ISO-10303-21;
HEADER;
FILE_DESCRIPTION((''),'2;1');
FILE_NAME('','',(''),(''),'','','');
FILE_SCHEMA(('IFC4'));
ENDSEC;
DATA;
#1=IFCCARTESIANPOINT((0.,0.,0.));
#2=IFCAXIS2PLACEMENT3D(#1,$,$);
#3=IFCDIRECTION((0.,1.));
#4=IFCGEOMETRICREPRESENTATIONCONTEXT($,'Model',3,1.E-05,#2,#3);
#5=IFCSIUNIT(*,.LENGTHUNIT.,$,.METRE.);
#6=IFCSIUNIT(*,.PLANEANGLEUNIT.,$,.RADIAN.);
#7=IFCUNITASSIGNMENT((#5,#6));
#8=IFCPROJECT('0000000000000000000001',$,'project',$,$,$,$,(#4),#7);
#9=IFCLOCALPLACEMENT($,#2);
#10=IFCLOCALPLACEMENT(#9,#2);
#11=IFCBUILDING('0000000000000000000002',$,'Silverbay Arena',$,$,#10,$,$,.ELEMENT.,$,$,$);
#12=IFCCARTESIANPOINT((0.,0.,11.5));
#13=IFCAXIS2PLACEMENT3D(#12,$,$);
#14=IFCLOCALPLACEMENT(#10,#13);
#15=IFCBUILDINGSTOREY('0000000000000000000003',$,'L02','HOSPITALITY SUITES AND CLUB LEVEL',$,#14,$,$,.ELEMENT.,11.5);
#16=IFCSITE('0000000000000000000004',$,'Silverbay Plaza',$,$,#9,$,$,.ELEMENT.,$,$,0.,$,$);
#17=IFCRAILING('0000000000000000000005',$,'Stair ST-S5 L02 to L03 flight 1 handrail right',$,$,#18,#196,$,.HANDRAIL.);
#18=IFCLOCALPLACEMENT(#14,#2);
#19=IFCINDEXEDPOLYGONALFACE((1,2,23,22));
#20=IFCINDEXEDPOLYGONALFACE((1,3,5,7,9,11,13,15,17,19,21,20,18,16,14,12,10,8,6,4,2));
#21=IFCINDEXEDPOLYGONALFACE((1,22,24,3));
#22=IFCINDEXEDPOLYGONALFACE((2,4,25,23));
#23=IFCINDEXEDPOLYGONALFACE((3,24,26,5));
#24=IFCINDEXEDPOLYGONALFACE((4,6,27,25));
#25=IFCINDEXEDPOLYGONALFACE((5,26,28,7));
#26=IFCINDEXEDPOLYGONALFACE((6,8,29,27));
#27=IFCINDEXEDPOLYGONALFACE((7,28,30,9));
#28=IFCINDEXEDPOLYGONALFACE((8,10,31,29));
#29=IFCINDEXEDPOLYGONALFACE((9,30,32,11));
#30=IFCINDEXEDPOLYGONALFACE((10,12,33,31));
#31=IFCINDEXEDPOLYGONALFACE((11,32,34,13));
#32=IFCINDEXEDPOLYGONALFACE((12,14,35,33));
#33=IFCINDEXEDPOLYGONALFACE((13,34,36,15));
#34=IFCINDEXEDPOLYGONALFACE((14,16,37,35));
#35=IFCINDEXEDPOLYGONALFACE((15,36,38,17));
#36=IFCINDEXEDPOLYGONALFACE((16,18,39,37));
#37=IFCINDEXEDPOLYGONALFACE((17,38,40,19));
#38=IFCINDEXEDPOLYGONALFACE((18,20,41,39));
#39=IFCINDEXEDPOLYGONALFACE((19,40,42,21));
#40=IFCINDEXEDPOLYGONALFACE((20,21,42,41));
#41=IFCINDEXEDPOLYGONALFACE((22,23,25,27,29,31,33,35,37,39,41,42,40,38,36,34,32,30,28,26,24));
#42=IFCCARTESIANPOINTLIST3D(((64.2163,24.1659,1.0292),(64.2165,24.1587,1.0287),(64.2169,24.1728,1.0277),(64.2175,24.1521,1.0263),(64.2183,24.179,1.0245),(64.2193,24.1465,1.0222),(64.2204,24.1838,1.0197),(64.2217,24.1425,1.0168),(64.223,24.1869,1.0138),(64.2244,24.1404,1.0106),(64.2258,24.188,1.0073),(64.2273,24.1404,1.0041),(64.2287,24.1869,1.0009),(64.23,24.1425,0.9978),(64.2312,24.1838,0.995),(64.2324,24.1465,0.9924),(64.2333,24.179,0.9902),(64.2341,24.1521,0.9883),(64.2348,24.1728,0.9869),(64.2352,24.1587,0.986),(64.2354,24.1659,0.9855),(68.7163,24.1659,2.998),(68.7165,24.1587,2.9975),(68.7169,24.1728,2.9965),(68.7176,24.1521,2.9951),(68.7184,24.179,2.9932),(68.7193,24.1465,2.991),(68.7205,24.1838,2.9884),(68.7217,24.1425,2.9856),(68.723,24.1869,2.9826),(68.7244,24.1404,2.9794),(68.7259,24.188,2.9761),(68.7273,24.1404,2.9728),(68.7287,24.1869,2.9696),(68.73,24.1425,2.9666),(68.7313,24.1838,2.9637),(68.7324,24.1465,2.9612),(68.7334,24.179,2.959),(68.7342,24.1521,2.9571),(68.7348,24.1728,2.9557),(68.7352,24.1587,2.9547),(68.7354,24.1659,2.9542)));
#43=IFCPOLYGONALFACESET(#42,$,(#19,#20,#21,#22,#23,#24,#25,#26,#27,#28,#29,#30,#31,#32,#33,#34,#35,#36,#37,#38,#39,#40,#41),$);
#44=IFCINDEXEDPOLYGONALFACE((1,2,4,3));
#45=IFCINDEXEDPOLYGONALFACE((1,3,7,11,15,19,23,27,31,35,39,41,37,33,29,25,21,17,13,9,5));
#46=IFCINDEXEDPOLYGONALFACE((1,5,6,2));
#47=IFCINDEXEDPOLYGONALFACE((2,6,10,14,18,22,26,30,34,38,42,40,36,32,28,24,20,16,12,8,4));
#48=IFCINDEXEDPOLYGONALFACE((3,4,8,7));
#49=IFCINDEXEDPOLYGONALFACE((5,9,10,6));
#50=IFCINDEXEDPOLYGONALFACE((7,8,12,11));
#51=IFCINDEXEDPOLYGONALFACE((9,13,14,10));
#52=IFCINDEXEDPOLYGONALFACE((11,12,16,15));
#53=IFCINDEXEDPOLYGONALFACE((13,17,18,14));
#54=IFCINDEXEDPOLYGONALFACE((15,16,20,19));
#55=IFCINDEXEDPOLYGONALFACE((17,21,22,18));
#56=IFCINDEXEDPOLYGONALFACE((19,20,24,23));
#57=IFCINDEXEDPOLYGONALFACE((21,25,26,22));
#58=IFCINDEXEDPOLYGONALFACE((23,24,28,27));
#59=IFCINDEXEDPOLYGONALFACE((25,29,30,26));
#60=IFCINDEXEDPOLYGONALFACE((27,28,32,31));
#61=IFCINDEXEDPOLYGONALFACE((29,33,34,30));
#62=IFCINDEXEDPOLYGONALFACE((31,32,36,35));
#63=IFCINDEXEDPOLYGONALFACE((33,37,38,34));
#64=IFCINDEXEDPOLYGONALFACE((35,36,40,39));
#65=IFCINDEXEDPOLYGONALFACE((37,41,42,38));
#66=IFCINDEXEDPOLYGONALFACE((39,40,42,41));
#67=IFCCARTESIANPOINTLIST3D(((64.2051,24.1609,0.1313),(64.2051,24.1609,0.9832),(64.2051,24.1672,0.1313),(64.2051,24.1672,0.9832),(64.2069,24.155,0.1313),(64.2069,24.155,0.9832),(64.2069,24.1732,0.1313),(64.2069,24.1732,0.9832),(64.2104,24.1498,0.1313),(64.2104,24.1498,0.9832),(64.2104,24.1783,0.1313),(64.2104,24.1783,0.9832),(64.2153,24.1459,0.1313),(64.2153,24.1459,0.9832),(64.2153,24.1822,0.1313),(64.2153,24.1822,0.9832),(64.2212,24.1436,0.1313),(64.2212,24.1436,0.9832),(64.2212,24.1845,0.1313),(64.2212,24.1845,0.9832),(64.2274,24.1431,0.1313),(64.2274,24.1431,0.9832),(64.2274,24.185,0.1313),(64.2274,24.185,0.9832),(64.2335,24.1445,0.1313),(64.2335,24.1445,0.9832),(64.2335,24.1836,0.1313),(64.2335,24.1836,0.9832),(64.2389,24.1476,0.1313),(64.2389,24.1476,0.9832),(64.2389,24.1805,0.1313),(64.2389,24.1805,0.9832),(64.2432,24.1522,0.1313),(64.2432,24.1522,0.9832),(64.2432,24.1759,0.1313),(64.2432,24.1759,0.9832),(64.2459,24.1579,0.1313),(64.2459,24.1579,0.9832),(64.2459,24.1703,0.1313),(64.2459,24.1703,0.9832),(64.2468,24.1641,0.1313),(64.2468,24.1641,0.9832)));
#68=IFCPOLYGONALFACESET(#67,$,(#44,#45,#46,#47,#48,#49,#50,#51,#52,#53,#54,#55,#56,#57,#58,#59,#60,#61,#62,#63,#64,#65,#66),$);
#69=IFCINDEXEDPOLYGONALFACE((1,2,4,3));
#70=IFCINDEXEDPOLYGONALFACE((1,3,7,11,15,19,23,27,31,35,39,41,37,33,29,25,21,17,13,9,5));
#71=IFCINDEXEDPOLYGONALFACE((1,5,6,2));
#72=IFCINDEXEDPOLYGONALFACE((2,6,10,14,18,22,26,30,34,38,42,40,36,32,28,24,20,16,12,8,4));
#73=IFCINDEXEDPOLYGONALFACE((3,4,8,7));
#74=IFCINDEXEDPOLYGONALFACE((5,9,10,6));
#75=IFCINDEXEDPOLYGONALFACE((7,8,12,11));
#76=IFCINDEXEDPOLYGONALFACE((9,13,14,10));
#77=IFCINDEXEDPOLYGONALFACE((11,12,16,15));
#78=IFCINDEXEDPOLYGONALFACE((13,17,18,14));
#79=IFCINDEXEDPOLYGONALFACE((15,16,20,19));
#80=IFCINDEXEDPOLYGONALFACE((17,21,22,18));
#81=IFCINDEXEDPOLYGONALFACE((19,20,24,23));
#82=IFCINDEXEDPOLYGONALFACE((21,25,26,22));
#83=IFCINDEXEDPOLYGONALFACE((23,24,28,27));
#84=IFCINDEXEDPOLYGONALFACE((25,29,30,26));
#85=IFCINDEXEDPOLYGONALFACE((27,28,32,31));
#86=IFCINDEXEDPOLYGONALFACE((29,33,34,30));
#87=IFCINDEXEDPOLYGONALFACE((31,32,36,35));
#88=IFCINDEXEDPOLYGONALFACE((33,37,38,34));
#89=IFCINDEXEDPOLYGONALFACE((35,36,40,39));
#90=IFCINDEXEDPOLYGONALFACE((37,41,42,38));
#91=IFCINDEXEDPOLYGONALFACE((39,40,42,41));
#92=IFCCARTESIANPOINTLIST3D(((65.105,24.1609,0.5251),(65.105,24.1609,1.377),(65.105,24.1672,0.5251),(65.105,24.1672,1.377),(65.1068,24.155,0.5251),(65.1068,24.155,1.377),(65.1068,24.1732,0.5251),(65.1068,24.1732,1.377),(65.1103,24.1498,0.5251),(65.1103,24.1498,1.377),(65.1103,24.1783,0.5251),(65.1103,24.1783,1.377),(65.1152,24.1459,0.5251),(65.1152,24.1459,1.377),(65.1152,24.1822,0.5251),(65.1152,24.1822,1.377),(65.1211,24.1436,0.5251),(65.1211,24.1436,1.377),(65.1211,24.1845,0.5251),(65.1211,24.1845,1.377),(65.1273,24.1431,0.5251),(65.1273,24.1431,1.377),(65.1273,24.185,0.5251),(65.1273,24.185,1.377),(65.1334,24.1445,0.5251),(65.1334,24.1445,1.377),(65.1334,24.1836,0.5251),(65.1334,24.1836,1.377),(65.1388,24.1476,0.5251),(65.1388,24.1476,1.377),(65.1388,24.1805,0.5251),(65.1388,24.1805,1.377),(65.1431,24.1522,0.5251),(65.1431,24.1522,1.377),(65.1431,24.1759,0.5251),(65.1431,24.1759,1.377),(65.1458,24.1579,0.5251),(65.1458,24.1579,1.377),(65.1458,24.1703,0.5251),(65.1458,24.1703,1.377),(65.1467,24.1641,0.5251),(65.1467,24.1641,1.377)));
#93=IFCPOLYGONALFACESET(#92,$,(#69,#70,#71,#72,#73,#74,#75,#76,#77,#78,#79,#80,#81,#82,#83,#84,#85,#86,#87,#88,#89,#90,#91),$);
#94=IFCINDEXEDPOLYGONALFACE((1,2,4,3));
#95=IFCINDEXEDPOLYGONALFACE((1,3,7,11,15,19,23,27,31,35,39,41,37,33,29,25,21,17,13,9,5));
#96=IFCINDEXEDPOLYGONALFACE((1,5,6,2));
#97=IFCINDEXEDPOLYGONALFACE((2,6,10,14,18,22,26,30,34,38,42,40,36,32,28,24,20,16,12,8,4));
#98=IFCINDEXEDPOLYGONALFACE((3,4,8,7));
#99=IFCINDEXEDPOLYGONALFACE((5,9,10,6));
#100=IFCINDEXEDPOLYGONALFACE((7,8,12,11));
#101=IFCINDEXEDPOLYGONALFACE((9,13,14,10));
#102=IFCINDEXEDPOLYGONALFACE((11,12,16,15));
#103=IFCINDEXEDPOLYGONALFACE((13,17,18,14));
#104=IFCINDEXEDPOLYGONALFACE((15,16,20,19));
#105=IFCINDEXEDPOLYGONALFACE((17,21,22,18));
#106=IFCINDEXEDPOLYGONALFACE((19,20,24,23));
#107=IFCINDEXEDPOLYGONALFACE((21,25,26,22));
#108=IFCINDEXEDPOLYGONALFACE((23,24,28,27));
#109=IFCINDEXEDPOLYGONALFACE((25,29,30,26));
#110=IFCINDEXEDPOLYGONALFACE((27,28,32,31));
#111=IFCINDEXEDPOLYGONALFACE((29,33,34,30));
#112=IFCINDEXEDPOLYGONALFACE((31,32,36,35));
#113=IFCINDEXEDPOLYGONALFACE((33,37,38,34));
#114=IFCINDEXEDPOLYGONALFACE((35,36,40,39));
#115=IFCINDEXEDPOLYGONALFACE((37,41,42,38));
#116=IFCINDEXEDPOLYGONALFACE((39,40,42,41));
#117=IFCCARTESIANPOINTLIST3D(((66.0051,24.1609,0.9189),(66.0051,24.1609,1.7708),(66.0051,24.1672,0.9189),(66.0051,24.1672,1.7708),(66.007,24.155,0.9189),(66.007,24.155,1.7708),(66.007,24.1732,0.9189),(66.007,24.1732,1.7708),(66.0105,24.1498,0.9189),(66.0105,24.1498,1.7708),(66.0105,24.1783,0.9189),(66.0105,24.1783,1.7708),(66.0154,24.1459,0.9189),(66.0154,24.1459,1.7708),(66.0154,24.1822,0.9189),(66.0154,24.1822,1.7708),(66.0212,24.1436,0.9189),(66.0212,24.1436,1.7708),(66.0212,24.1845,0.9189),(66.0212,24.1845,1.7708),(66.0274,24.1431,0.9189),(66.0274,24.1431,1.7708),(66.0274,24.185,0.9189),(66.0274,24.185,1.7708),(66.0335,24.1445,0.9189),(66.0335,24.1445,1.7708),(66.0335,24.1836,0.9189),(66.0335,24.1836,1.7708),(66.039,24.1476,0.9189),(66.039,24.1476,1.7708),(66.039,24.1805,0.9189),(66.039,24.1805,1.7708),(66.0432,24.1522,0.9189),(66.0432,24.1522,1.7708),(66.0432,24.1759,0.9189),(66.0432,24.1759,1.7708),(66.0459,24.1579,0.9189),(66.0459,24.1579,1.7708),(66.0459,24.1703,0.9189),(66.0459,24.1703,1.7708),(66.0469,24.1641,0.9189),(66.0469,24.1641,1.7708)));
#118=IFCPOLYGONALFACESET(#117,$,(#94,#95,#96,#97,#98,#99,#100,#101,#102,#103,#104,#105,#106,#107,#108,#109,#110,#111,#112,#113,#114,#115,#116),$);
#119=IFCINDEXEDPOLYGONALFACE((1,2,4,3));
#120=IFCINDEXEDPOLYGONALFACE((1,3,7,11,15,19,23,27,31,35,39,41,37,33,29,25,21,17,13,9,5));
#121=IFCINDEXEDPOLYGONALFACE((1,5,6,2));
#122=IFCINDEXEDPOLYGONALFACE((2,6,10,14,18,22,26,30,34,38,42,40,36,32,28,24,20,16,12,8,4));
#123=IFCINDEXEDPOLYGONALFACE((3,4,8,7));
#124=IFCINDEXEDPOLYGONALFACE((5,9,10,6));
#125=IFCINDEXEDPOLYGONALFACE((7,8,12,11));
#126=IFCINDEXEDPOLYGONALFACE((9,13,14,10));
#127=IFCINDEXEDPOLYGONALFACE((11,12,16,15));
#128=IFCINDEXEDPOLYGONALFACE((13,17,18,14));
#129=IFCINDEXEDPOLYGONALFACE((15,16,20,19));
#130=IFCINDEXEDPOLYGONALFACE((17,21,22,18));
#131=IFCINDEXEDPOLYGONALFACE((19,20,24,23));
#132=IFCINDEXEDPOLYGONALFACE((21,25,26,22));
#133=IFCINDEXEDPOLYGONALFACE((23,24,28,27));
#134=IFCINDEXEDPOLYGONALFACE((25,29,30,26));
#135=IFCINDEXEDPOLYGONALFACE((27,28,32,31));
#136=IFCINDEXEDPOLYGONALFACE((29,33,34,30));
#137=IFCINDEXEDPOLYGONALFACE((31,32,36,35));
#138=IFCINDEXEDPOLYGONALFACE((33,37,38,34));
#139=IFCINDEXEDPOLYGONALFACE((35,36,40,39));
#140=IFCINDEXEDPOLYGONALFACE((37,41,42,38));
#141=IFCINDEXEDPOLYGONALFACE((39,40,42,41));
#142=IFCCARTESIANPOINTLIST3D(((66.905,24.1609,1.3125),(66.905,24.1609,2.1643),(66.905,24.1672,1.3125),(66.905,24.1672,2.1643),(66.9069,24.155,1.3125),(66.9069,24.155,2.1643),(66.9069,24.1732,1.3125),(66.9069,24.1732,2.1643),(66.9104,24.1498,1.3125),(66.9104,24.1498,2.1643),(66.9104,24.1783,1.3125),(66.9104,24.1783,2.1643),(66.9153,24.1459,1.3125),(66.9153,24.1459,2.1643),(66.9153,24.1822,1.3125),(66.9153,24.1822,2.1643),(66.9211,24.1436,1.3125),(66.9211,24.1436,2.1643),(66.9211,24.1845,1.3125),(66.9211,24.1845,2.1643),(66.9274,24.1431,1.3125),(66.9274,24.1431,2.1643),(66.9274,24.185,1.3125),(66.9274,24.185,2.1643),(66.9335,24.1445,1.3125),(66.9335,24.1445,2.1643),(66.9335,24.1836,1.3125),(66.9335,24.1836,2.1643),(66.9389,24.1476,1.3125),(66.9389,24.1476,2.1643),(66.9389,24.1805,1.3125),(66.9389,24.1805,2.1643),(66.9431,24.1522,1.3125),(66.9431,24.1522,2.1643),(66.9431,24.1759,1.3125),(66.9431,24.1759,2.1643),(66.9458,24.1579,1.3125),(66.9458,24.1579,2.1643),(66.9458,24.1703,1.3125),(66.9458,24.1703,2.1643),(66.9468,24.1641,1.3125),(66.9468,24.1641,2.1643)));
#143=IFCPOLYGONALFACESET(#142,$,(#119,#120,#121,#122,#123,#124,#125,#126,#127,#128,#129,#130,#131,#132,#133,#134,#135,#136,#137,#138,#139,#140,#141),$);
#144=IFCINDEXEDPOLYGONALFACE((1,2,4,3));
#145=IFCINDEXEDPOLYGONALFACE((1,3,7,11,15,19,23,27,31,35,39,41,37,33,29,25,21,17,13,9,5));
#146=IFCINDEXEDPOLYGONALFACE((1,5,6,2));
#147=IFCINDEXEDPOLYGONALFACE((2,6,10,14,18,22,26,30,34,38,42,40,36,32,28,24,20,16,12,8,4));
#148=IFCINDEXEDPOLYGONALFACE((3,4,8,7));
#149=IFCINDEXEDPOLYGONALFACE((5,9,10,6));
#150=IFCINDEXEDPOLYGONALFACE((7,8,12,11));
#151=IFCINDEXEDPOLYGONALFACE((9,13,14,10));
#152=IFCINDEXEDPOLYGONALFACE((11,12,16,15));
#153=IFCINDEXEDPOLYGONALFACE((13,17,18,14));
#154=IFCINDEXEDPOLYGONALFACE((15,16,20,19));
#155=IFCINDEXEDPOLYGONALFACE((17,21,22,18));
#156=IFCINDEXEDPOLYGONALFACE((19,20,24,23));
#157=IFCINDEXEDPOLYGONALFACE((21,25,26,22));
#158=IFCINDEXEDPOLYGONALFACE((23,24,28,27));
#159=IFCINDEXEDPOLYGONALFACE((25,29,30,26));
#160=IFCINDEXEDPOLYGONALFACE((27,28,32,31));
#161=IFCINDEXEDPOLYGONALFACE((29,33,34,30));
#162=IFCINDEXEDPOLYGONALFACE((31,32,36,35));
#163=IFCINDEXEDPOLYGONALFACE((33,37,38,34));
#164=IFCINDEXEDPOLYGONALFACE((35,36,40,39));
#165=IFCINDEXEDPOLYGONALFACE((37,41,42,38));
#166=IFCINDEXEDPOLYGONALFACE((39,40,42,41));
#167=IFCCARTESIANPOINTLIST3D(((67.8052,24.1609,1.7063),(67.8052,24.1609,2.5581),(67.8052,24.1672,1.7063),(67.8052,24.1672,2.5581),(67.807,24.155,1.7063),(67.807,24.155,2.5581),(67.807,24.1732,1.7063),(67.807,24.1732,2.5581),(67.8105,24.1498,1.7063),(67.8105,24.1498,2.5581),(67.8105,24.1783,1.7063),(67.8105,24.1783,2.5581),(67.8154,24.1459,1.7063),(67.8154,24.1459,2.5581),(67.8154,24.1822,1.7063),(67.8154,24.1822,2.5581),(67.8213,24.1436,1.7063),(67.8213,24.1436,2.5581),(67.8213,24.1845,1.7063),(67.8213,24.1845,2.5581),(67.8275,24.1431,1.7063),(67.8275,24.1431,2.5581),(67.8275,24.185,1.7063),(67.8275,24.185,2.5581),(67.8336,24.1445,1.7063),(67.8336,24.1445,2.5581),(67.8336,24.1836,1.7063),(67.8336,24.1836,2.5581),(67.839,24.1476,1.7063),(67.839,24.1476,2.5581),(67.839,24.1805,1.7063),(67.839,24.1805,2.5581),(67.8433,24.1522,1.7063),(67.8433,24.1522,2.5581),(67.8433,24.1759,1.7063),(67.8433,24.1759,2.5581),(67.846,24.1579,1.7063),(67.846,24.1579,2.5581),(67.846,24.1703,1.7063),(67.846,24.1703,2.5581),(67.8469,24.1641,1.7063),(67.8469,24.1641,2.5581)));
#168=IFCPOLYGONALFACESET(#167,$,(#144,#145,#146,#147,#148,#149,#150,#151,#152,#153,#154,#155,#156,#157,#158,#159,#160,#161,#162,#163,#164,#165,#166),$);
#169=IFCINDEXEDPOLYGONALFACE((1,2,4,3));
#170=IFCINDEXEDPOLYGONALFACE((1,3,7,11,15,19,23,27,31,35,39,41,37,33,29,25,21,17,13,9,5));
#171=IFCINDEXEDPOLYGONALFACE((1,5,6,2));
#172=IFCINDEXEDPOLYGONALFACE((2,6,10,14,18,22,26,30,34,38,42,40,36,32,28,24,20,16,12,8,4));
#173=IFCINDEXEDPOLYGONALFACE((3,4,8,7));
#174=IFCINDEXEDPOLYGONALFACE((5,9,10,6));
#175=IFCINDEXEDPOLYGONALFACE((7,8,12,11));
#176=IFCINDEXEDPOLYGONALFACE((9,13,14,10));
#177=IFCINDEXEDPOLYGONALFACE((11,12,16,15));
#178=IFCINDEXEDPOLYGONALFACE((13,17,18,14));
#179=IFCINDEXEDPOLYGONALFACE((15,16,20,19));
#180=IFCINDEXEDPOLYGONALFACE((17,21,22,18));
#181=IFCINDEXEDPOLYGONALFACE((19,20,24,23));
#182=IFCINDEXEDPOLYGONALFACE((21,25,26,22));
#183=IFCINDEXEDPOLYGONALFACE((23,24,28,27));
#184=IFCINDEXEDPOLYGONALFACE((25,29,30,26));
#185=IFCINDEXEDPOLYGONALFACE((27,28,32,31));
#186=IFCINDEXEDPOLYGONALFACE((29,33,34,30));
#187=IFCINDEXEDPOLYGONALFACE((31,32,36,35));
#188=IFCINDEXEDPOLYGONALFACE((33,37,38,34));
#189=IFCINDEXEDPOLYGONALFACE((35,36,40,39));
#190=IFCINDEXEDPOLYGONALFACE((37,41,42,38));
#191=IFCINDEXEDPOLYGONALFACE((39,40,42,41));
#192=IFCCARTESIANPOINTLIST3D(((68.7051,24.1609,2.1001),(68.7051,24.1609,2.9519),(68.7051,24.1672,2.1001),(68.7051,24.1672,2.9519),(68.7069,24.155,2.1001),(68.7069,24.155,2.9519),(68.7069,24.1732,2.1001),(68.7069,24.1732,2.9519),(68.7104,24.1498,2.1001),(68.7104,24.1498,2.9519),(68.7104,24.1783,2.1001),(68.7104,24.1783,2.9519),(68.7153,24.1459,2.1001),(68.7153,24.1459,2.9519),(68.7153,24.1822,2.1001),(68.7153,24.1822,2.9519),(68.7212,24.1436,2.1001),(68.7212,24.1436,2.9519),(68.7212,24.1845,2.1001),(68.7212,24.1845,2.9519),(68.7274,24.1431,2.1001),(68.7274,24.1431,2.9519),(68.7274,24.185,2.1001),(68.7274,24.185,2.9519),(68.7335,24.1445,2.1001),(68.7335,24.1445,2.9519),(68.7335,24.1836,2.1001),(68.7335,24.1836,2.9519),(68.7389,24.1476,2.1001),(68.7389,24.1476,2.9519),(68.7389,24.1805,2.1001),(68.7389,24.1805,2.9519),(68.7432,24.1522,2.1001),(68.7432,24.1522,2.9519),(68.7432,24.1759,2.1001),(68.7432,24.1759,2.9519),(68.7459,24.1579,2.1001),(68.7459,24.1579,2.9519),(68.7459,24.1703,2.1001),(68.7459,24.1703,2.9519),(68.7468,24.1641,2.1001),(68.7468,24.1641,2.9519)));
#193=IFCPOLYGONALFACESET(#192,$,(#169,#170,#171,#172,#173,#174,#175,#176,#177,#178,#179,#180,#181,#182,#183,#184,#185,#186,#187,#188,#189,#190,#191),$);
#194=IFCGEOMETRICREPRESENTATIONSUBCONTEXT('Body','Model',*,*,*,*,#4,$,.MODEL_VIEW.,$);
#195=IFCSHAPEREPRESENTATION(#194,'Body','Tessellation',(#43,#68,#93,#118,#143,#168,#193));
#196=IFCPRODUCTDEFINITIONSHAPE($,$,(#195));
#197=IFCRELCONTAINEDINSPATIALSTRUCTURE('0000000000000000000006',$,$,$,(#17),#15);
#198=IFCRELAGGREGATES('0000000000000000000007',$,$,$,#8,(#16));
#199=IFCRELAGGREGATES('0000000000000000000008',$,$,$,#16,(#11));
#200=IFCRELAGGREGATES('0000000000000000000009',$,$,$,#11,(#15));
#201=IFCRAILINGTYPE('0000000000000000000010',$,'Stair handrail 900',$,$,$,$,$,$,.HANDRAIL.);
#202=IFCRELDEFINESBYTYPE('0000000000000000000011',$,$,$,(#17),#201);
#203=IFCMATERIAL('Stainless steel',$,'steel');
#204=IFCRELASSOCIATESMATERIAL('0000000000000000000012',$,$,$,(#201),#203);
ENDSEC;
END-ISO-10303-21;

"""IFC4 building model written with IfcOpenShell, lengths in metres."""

from ifc_helpers import new_model, si_unit, direction, frame, origin, origin_2d, place, context, subcontext, project, spatial, circle, extrude, material, type_object, element, save


model = new_model("IFC4")

# Units and contexts
model_context = context("Model", 3, precision=1e-05, world=origin(), true_north=direction((0.0, 1.0)))
body_context = subcontext(model_context, "Body", "Model", "MODEL_VIEW")
ifc_project = project(units=[si_unit("LENGTHUNIT", "METRE"), si_unit("PLANEANGLEUNIT", "RADIAN")], contexts=[model_context])

# Site, building, storey
site_placement = place(None, origin())
site = spatial("IfcSite", under=ifc_project, at=site_placement, Name="Silverbay Plaza", CompositionType="ELEMENT", RefElevation=0.0)
building_placement = place(site_placement, origin())
building = spatial("IfcBuilding", under=site, at=building_placement, Name="Silverbay Arena", CompositionType="ELEMENT")
storey_placement = place(building_placement, frame((0.0, 0.0, 11.5)))
storey = spatial("IfcBuildingStorey", under=building, at=storey_placement, Name="L02", Description="HOSPITALITY SUITES AND CLUB LEVEL", CompositionType="ELEMENT", Elevation=11.5)

# Railing
ifc_material_1 = material(Name="Stainless steel", Category="steel")
railing_type_1 = type_object("IfcRailingType", Name="Stair handrail 900", PredefinedType="HANDRAIL", material=ifc_material_1)
for number, where, name in (
    (1, (64.2258, 24.1641, 0.1313), "Stair ST-S5 L02 to L03 flight 1 handrail right"),
):
    element("IfcRailing", number, at=place(storey_placement, frame(where)), inside=storey, type_object=railing_type_1, Name=name, PredefinedType="HANDRAIL", context=body_context, shape_type="SweptSolid", body=[
        extrude(circle(Radius=0.0239, at=origin_2d()), frame((0.0, 0.0, 0.876), z_axis=(0.916157, 0.0, 0.400819), x_axis=(0.0, 1.0, 0.0)), (0.0, 0.0, 1.0), 4.9119),
        extrude(circle(Radius=0.021, at=origin_2d()), origin(), (0.0, 0.0, 1.0), 0.8518),
        extrude(circle(Radius=0.021, at=origin_2d()), frame((0.8999, 0.0, 0.3938)), (0.0, 0.0, 1.0), 0.8518),
        extrude(circle(Radius=0.021, at=origin_2d()), frame((1.8, 0.0, 0.7876)), (0.0, 0.0, 1.0), 0.8518),
        extrude(circle(Radius=0.021, at=origin_2d()), frame((2.7, 0.0, 1.1812)), (0.0, 0.0, 1.0), 0.8518),
        extrude(circle(Radius=0.021, at=origin_2d()), frame((3.6001, 0.0, 1.575)), (0.0, 0.0, 1.0), 0.8518),
        extrude(circle(Radius=0.021, at=origin_2d()), frame((4.5, 0.0, 1.9688)), (0.0, 0.0, 1.0), 0.8518),
    ])

save(model, "model.ifc")
